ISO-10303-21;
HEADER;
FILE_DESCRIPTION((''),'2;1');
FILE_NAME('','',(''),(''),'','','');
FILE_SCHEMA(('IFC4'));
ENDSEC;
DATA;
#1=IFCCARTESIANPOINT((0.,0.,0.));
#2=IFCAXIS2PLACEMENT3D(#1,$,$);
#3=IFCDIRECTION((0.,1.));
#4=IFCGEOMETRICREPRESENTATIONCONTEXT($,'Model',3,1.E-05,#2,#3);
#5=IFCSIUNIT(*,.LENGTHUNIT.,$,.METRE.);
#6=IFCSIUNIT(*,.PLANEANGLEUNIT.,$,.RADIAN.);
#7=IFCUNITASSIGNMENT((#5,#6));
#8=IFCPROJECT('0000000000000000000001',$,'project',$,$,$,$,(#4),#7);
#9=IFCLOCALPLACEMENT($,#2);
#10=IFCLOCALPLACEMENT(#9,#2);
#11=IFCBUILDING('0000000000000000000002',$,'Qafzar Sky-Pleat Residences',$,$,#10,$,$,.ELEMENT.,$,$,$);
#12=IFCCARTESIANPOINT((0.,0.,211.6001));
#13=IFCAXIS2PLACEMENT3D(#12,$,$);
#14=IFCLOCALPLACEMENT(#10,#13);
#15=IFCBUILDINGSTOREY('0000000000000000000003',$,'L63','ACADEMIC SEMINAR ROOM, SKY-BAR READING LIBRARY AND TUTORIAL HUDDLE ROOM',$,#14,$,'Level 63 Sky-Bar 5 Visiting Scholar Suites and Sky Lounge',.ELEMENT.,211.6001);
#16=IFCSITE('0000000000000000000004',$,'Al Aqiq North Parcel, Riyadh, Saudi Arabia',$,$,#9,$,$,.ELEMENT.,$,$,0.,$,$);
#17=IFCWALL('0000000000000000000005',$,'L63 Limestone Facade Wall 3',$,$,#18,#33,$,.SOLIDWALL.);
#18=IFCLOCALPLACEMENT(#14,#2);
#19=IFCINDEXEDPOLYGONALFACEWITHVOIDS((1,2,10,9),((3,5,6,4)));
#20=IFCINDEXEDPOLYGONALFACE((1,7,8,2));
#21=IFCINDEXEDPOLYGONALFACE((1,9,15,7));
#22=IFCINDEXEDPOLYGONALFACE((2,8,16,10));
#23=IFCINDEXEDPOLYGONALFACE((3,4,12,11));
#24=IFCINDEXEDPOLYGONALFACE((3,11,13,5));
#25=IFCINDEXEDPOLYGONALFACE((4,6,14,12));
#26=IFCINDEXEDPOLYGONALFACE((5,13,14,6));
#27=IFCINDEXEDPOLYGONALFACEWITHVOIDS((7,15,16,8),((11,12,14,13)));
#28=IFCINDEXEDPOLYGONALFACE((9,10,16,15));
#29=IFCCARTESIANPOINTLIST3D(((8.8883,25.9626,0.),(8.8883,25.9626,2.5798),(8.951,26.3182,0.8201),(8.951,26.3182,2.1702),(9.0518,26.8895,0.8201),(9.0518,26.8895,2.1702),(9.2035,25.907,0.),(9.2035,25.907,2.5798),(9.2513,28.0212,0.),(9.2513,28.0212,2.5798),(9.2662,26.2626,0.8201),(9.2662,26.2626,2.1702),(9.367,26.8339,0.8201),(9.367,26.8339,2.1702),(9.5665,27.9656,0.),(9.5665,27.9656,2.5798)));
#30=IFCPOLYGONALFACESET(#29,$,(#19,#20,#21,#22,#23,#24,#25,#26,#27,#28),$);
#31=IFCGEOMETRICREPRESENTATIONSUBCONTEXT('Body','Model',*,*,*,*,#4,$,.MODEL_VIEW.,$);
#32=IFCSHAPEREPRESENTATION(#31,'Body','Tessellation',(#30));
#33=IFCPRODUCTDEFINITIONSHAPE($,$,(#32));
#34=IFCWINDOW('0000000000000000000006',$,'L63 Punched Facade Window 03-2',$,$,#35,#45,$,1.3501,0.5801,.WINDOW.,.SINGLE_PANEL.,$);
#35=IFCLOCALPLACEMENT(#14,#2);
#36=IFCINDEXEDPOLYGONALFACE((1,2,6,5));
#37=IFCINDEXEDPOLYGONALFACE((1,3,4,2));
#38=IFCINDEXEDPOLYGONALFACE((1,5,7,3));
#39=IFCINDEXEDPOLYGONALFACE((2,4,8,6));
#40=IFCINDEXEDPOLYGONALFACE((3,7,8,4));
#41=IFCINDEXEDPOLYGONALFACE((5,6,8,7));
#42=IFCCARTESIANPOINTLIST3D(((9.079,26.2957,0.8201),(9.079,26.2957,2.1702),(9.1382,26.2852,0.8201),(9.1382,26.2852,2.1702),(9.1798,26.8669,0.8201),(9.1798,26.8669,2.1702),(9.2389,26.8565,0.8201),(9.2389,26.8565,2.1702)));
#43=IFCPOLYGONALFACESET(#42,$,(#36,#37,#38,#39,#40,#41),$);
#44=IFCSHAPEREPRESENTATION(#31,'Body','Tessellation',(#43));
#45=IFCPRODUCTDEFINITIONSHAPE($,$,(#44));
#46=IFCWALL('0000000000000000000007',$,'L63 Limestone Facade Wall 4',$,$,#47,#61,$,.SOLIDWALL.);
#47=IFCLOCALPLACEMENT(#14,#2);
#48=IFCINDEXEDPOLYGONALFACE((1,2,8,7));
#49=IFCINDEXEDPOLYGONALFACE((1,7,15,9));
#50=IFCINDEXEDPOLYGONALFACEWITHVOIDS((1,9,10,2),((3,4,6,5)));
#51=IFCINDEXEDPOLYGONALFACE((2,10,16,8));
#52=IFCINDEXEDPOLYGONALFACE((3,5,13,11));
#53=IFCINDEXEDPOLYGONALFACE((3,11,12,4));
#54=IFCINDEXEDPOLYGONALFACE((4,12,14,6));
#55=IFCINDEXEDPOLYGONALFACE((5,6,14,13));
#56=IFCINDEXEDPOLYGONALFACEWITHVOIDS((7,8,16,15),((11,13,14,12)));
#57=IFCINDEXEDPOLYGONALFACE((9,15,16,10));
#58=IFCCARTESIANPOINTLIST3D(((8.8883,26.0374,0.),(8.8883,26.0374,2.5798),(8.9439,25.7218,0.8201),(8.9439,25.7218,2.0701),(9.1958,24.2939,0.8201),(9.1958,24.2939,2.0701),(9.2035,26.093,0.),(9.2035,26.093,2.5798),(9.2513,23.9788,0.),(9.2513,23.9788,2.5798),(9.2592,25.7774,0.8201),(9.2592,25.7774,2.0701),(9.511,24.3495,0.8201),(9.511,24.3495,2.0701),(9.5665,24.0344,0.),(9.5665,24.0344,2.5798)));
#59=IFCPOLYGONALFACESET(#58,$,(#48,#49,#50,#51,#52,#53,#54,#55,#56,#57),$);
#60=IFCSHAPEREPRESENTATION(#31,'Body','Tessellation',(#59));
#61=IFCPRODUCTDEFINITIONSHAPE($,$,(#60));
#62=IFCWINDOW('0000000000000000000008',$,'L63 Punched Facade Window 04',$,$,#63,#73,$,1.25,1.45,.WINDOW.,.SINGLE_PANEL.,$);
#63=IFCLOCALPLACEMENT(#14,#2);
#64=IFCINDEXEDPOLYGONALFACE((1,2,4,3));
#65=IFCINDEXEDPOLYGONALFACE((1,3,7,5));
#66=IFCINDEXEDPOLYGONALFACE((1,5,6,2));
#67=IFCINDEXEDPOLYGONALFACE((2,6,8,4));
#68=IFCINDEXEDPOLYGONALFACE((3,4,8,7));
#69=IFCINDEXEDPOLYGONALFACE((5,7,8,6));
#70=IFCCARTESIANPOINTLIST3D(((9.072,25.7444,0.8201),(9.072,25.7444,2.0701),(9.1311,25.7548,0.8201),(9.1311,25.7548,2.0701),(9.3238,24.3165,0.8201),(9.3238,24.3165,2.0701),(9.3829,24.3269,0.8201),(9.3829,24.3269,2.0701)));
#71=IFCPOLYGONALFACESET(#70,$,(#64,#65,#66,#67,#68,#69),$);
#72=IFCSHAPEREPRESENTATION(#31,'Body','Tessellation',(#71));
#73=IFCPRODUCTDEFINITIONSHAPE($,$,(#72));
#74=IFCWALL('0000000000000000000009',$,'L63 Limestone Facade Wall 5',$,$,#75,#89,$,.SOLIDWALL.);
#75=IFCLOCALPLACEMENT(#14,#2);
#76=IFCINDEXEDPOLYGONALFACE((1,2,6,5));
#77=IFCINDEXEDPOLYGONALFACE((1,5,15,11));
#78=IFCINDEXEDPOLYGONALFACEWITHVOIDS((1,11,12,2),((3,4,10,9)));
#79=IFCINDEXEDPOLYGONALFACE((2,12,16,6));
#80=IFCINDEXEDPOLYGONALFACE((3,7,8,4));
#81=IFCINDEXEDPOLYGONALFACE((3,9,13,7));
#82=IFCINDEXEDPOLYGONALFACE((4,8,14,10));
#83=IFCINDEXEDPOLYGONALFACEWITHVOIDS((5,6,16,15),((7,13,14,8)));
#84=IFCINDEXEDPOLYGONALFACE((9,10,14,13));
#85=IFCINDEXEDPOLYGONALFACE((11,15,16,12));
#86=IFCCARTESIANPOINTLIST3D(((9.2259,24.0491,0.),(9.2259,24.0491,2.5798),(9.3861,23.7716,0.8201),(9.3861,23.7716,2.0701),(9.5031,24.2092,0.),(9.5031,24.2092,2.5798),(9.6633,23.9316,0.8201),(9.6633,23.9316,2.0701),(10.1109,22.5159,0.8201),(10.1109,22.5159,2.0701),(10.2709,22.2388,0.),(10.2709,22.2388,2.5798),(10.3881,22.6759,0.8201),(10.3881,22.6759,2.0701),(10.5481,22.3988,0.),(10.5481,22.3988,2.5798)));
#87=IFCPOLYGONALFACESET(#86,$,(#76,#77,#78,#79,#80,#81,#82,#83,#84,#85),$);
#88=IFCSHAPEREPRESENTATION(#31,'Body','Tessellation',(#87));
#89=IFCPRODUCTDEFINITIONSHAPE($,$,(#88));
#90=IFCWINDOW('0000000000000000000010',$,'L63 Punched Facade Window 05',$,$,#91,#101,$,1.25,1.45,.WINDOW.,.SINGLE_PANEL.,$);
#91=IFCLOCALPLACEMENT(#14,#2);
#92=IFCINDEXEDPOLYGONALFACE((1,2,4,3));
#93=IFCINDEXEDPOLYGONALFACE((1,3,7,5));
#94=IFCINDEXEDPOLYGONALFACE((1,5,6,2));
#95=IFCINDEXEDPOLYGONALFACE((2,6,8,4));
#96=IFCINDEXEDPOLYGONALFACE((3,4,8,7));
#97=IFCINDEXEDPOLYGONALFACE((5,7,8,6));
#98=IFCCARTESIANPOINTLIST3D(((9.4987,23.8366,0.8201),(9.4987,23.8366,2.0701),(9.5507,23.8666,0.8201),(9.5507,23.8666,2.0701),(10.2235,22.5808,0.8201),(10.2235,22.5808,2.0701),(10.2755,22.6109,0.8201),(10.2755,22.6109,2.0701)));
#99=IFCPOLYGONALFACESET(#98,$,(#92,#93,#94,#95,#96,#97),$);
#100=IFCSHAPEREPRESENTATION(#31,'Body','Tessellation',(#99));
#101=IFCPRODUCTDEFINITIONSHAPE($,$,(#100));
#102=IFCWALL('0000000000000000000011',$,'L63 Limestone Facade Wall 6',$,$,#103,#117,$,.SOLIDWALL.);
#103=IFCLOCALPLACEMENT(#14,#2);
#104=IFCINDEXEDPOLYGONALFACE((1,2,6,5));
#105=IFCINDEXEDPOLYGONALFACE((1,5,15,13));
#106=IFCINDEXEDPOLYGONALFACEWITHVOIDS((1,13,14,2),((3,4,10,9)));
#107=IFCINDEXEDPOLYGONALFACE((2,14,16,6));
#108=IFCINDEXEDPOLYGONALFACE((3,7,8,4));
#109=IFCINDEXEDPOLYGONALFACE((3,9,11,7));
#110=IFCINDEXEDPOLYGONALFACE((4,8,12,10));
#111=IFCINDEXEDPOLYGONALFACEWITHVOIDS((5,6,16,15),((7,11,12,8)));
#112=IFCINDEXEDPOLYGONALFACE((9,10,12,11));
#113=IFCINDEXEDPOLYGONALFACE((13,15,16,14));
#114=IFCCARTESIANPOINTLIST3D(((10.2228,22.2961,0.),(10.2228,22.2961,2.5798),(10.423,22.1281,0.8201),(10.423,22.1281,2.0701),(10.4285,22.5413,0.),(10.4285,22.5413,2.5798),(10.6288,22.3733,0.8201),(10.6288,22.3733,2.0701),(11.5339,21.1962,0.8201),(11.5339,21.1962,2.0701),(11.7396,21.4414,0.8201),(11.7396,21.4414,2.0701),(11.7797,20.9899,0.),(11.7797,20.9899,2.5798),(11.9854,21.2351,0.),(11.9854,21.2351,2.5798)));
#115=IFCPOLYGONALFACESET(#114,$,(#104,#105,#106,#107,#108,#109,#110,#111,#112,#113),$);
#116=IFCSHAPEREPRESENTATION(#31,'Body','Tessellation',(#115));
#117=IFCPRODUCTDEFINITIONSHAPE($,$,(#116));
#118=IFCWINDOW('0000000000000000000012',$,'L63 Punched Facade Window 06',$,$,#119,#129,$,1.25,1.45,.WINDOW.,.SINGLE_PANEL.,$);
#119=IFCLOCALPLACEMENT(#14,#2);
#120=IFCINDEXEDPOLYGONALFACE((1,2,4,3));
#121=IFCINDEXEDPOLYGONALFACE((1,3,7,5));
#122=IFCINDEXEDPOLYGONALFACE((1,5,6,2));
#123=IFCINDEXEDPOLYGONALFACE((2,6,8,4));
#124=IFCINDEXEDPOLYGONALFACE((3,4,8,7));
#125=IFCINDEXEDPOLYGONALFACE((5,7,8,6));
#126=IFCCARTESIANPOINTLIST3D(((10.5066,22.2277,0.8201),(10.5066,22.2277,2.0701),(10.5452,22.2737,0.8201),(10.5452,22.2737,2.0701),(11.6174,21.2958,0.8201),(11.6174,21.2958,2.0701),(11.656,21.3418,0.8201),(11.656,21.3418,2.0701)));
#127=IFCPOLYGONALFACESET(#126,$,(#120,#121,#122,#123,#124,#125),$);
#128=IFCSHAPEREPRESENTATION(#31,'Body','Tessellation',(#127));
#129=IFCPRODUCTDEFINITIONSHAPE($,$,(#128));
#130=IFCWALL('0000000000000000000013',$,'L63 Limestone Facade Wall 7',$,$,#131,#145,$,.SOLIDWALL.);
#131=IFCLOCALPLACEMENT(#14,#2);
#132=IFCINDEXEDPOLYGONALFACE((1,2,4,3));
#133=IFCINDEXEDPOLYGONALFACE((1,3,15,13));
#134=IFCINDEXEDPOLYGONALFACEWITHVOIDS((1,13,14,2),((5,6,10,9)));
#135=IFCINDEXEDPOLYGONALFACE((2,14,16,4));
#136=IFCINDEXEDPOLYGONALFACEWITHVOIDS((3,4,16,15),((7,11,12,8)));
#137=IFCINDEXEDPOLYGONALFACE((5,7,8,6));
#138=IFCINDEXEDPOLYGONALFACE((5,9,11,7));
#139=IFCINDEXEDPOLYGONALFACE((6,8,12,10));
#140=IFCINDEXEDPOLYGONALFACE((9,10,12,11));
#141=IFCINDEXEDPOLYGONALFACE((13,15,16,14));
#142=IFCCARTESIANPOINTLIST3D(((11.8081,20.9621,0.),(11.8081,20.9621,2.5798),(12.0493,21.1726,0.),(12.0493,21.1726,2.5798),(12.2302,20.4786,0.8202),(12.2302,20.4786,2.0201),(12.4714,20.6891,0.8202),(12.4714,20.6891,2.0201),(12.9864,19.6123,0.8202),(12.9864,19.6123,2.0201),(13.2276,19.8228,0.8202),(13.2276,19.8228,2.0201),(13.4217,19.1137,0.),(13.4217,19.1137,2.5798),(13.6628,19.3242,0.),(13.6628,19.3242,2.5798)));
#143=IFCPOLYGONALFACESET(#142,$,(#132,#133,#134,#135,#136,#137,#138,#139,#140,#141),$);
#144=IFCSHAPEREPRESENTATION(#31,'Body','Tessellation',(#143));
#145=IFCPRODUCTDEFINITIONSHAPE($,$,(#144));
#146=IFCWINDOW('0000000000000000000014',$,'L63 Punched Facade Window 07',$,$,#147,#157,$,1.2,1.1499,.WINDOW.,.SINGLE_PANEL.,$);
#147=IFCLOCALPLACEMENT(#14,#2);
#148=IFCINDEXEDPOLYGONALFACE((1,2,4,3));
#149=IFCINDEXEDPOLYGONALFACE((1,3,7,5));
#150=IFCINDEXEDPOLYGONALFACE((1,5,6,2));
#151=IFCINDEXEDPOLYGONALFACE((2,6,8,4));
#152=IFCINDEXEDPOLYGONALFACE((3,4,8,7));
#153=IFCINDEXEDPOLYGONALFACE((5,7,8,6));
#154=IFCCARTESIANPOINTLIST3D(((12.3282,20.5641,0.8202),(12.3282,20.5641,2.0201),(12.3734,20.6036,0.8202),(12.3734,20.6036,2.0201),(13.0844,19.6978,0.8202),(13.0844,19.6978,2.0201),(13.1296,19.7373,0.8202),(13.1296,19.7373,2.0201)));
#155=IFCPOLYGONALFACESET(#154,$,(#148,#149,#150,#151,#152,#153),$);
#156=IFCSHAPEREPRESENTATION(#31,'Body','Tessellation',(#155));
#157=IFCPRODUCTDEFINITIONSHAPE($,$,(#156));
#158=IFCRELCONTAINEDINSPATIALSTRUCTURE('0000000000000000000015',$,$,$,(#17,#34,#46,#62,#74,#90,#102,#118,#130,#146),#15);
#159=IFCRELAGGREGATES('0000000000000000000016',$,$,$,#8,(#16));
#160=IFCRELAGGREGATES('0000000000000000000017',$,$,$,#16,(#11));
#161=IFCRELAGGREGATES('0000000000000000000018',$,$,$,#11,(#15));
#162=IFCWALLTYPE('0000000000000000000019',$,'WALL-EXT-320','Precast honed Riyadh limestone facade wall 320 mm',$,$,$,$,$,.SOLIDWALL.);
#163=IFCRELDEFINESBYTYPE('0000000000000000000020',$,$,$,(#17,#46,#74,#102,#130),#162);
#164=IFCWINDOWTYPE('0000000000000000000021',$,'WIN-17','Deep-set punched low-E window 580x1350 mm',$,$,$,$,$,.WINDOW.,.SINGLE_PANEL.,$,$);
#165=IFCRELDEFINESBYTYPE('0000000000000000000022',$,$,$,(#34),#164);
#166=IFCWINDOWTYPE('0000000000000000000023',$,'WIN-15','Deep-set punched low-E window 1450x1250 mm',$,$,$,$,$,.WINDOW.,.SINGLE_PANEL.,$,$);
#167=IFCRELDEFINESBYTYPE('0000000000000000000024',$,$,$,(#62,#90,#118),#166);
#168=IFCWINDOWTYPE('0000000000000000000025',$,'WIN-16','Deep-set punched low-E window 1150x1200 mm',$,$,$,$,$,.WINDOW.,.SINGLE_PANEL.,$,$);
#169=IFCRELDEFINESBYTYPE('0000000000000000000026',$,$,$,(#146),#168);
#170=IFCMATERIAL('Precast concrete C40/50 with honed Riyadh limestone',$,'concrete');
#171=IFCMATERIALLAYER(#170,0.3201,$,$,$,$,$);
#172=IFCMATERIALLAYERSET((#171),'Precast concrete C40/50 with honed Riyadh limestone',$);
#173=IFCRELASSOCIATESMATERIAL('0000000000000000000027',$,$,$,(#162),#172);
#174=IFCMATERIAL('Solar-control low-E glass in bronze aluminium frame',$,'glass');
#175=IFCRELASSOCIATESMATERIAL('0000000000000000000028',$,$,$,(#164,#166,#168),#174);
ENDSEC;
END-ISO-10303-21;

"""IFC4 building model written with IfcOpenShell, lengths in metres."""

from ifc_helpers import new_model, si_unit, direction, frame, frame_2d, origin, place, context, subcontext, project, spatial, rectangle, extrude, source, transform, mapped, material, layer, layer_set, type_object, element, fill, save


model = new_model("IFC4")

# Units and contexts
model_context = context("Model", 3, precision=1e-05, world=origin(), true_north=direction((0.0, 1.0)))
body_context = subcontext(model_context, "Body", "Model", "MODEL_VIEW")
ifc_project = project(units=[si_unit("LENGTHUNIT", "METRE"), si_unit("PLANEANGLEUNIT", "RADIAN")], contexts=[model_context])

# Site, building, storey
site_placement = place(None, origin())
site = spatial("IfcSite", under=ifc_project, at=site_placement, Name="Al Aqiq North Parcel, Riyadh, Saudi Arabia", CompositionType="ELEMENT", RefElevation=0.0)
building_placement = place(site_placement, origin())
building = spatial("IfcBuilding", under=site, at=building_placement, Name="Qafzar Sky-Pleat Residences", CompositionType="ELEMENT")
storey_placement = place(building_placement, frame((0.0, 0.0, 211.6001)))
storey = spatial("IfcBuildingStorey", under=building, at=storey_placement, Name="L63", Description="ACADEMIC SEMINAR ROOM, SKY-BAR READING LIBRARY AND TUTORIAL HUDDLE ROOM", LongName="Level 63 Sky-Bar 5 Visiting Scholar Suites and Sky Lounge", CompositionType="ELEMENT", Elevation=211.6001)

# Walls, openings, windows
ifc_material_1 = material(Name="Precast concrete C40/50 with honed Riyadh limestone", Category="concrete")
ifc_layer_1 = layer(ifc_material_1, 0.3201)
ifc_layer_set_1 = layer_set([ifc_layer_1], Name="Precast concrete C40/50 with honed Riyadh limestone")
wall_type_1 = type_object("IfcWallType", Name="WALL-EXT-320", Description="Precast honed Riyadh limestone facade wall 320 mm", PredefinedType="SOLIDWALL", material=ifc_layer_set_1)
wall_1_placement = place(storey_placement, frame((9.4089, 27.9934, 0.0), z_axis=(0.0, 0.0, 1.0), x_axis=(-0.173672, -0.984804, 0.0)))
wall_1 = element("IfcWall", 1, at=wall_1_placement, inside=storey, type_object=wall_type_1, Name="L63 Limestone Facade Wall 3", PredefinedType="SOLIDWALL", context=body_context, shape_type="SweptSolid", body=[
    extrude(rectangle(XDim=2.0903, YDim=0.3201, at=frame_2d((1.0452, 0.0))), origin(), (0.0, 0.0, 1.0), 2.5798),
])
opening_1_placement = place(wall_1_placement, frame((1.1492, 0.0, 0.8201)))
opening_1 = element("IfcOpeningElement", 2, at=opening_1_placement, cuts=wall_1, PredefinedType="OPENING", context=body_context, shape_type="SweptSolid", body=[
    extrude(rectangle(XDim=0.5801, YDim=1.3501, at=frame_2d((0.29, 0.675))), frame((0.0, 0.1699, 0.0), z_axis=(0.0, -1.0, 0.0), x_axis=(1.0, 0.0, 0.0)), (0.0, 0.0, 1.0), 0.3401),
])
ifc_material_2 = material(Name="Solar-control low-E glass in bronze aluminium frame", Category="glass")
window_type_1 = type_object("IfcWindowType", Name="WIN-17", Description="Deep-set punched low-E window 580x1350 mm", PartitioningType="SINGLE_PANEL", PredefinedType="WINDOW", material=ifc_material_2)
shared_shape_1 = source(origin(), body_context, "Body", "SweptSolid", [
    extrude(rectangle(XDim=0.5801, YDim=1.3501, at=frame_2d((0.29, 0.675))), frame((0.0, 0.03, 0.0), z_axis=(0.0, -1.0, 0.0), x_axis=(1.0, 0.0, 0.0)), (0.0, 0.0, 1.0), 0.0601),
])
window_1_placement = place(opening_1_placement, origin())
window_1 = element("IfcWindow", 3, at=window_1_placement, inside=storey, type_object=window_type_1, Name="L63 Punched Facade Window 03-2", OverallHeight=1.3501, OverallWidth=0.5801, PartitioningType="SINGLE_PANEL", PredefinedType="WINDOW", context=body_context, shape_type="MappedRepresentation", body=[
    mapped(shared_shape_1, transform((0.0, 0.0, 0.0), x_axis=(1.0, 0.0, 0.0), y_axis=(0.0, 1.0, 0.0), z_axis=(0.0, 0.0, 1.0), scale=1.0)),
])
fill(opening_1, window_1)
wall_2_placement = place(storey_placement, frame((9.0459, 26.0652, 0.0), z_axis=(0.0, 0.0, 1.0), x_axis=(0.173672, -0.984804, 0.0)))
wall_2 = element("IfcWall", 4, at=wall_2_placement, inside=storey, type_object=wall_type_1, Name="L63 Limestone Facade Wall 4", PredefinedType="SOLIDWALL", context=body_context, shape_type="SweptSolid", body=[
    extrude(rectangle(XDim=2.0903, YDim=0.3201, at=frame_2d((1.0452, 0.0))), origin(), (0.0, 0.0, 1.0), 2.5798),
])
opening_2_placement = place(wall_2_placement, frame((0.3203, 0.0, 0.8201)))
opening_2 = element("IfcOpeningElement", 5, at=opening_2_placement, cuts=wall_2, PredefinedType="OPENING", context=body_context, shape_type="SweptSolid", body=[
    extrude(rectangle(XDim=1.45, YDim=1.25, at=frame_2d((0.7251, 0.625))), frame((0.0, 0.1699, 0.0), z_axis=(0.0, -1.0, 0.0), x_axis=(1.0, 0.0, 0.0)), (0.0, 0.0, 1.0), 0.3401),
])
window_type_2 = type_object("IfcWindowType", Name="WIN-15", Description="Deep-set punched low-E window 1450x1250 mm", PartitioningType="SINGLE_PANEL", PredefinedType="WINDOW", material=ifc_material_2)
shared_shape_2 = source(origin(), body_context, "Body", "SweptSolid", [
    extrude(rectangle(XDim=1.45, YDim=1.25, at=frame_2d((0.7251, 0.625))), frame((0.0, 0.03, 0.0), z_axis=(0.0, -1.0, 0.0), x_axis=(1.0, 0.0, 0.0)), (0.0, 0.0, 1.0), 0.0601),
])
window_2_placement = place(opening_2_placement, origin())
window_2 = element("IfcWindow", 6, at=window_2_placement, inside=storey, type_object=window_type_2, Name="L63 Punched Facade Window 04", OverallHeight=1.25, OverallWidth=1.45, PartitioningType="SINGLE_PANEL", PredefinedType="WINDOW", context=body_context, shape_type="MappedRepresentation", body=[
    mapped(shared_shape_2, transform((0.0, 0.0, 0.0), x_axis=(1.0, 0.0, 0.0), y_axis=(0.0, 1.0, 0.0), z_axis=(0.0, 0.0, 1.0), scale=1.0)),
])
fill(opening_2, window_2)
wall_3_placement = place(storey_placement, frame((9.3645, 24.1292, 0.0), z_axis=(0.0, 0.0, 1.0), x_axis=(0.499908, -0.866079, 0.0)))
wall_3 = element("IfcWall", 7, at=wall_3_placement, inside=storey, type_object=wall_type_1, Name="L63 Limestone Facade Wall 5", PredefinedType="SOLIDWALL", context=body_context, shape_type="SweptSolid", body=[
    extrude(rectangle(XDim=2.0903, YDim=0.3201, at=frame_2d((1.0452, 0.0))), origin(), (0.0, 0.0, 1.0), 2.5798),
])
opening_3_placement = place(wall_3_placement, frame((0.3203, 0.0, 0.8201)))
opening_3 = element("IfcOpeningElement", 8, at=opening_3_placement, cuts=wall_3, PredefinedType="OPENING", context=body_context, shape_type="SweptSolid", body=[
    extrude(rectangle(XDim=1.45, YDim=1.25, at=frame_2d((0.7251, 0.625))), frame((0.0, 0.1699, 0.0), z_axis=(0.0, -1.0, 0.0), x_axis=(1.0, 0.0, 0.0)), (0.0, 0.0, 1.0), 0.3401),
])
window_3_placement = place(opening_3_placement, origin())
window_3 = element("IfcWindow", 9, at=window_3_placement, inside=storey, type_object=window_type_2, Name="L63 Punched Facade Window 05", OverallHeight=1.25, OverallWidth=1.45, PartitioningType="SINGLE_PANEL", PredefinedType="WINDOW", context=body_context, shape_type="MappedRepresentation", body=[
    mapped(shared_shape_2, transform((0.0, 0.0, 0.0), x_axis=(1.0, 0.0, 0.0), y_axis=(0.0, 1.0, 0.0), z_axis=(0.0, 0.0, 1.0), scale=1.0)),
])
fill(opening_3, window_3)
wall_4_placement = place(storey_placement, frame((10.3257, 22.4187, 0.0), z_axis=(0.0, 0.0, 1.0), x_axis=(0.7661, -0.642721, 0.0)))
wall_4 = element("IfcWall", 10, at=wall_4_placement, inside=storey, type_object=wall_type_1, Name="L63 Limestone Facade Wall 6", PredefinedType="SOLIDWALL", context=body_context, shape_type="SweptSolid", body=[
    extrude(rectangle(XDim=2.0322, YDim=0.3201, at=frame_2d((1.0161, 0.0))), origin(), (0.0, 0.0, 1.0), 2.5798),
])
opening_4_placement = place(wall_4_placement, frame((0.2612, 0.0, 0.8201)))
opening_4 = element("IfcOpeningElement", 11, at=opening_4_placement, cuts=wall_4, PredefinedType="OPENING", context=body_context, shape_type="SweptSolid", body=[
    extrude(rectangle(XDim=1.45, YDim=1.25, at=frame_2d((0.7251, 0.625))), frame((0.0, 0.1699, 0.0), z_axis=(0.0, -1.0, 0.0), x_axis=(1.0, 0.0, 0.0)), (0.0, 0.0, 1.0), 0.3401),
])
window_4_placement = place(opening_4_placement, origin())
window_4 = element("IfcWindow", 12, at=window_4_placement, inside=storey, type_object=window_type_2, Name="L63 Punched Facade Window 06", OverallHeight=1.25, OverallWidth=1.45, PartitioningType="SINGLE_PANEL", PredefinedType="WINDOW", context=body_context, shape_type="MappedRepresentation", body=[
    mapped(shared_shape_2, transform((0.0, 0.0, 0.0), x_axis=(1.0, 0.0, 0.0), y_axis=(0.0, 1.0, 0.0), z_axis=(0.0, 0.0, 1.0), scale=1.0)),
])
fill(opening_4, window_4)
wall_5_placement = place(storey_placement, frame((11.9287, 21.0674, 0.0), z_axis=(0.0, 0.0, 1.0), x_axis=(0.657624, -0.753347, 0.0)))
wall_5 = element("IfcWall", 13, at=wall_5_placement, inside=storey, type_object=wall_type_1, Name="L63 Limestone Facade Wall 7", PredefinedType="SOLIDWALL", context=body_context, shape_type="SweptSolid", body=[
    extrude(rectangle(XDim=2.4536, YDim=0.3201, at=frame_2d((1.2268, 0.0))), origin(), (0.0, 0.0, 1.0), 2.5798),
])
opening_5_placement = place(wall_5_placement, frame((0.6418, 0.0, 0.8201)))
opening_5 = element("IfcOpeningElement", 14, at=opening_5_placement, cuts=wall_5, PredefinedType="OPENING", context=body_context, shape_type="SweptSolid", body=[
    extrude(rectangle(XDim=1.1499, YDim=1.2, at=frame_2d((0.575, 0.6001))), frame((0.0, 0.1699, 0.0), z_axis=(0.0, -1.0, 0.0), x_axis=(1.0, 0.0, 0.0)), (0.0, 0.0, 1.0), 0.3401),
])
window_type_3 = type_object("IfcWindowType", Name="WIN-16", Description="Deep-set punched low-E window 1150x1200 mm", PartitioningType="SINGLE_PANEL", PredefinedType="WINDOW", material=ifc_material_2)
shared_shape_3 = source(origin(), body_context, "Body", "SweptSolid", [
    extrude(rectangle(XDim=1.1499, YDim=1.2, at=frame_2d((0.575, 0.6001))), frame((0.0, 0.03, 0.0), z_axis=(0.0, -1.0, 0.0), x_axis=(1.0, 0.0, 0.0)), (0.0, 0.0, 1.0), 0.0601),
])
window_5_placement = place(opening_5_placement, origin())
window_5 = element("IfcWindow", 15, at=window_5_placement, inside=storey, type_object=window_type_3, Name="L63 Punched Facade Window 07", OverallHeight=1.2, OverallWidth=1.1499, PartitioningType="SINGLE_PANEL", PredefinedType="WINDOW", context=body_context, shape_type="MappedRepresentation", body=[
    mapped(shared_shape_3, transform((0.0, 0.0, 0.0), x_axis=(1.0, 0.0, 0.0), y_axis=(0.0, 1.0, 0.0), z_axis=(0.0, 0.0, 1.0), scale=1.0)),
])
fill(opening_5, window_5)

save(model, "model.ifc")
